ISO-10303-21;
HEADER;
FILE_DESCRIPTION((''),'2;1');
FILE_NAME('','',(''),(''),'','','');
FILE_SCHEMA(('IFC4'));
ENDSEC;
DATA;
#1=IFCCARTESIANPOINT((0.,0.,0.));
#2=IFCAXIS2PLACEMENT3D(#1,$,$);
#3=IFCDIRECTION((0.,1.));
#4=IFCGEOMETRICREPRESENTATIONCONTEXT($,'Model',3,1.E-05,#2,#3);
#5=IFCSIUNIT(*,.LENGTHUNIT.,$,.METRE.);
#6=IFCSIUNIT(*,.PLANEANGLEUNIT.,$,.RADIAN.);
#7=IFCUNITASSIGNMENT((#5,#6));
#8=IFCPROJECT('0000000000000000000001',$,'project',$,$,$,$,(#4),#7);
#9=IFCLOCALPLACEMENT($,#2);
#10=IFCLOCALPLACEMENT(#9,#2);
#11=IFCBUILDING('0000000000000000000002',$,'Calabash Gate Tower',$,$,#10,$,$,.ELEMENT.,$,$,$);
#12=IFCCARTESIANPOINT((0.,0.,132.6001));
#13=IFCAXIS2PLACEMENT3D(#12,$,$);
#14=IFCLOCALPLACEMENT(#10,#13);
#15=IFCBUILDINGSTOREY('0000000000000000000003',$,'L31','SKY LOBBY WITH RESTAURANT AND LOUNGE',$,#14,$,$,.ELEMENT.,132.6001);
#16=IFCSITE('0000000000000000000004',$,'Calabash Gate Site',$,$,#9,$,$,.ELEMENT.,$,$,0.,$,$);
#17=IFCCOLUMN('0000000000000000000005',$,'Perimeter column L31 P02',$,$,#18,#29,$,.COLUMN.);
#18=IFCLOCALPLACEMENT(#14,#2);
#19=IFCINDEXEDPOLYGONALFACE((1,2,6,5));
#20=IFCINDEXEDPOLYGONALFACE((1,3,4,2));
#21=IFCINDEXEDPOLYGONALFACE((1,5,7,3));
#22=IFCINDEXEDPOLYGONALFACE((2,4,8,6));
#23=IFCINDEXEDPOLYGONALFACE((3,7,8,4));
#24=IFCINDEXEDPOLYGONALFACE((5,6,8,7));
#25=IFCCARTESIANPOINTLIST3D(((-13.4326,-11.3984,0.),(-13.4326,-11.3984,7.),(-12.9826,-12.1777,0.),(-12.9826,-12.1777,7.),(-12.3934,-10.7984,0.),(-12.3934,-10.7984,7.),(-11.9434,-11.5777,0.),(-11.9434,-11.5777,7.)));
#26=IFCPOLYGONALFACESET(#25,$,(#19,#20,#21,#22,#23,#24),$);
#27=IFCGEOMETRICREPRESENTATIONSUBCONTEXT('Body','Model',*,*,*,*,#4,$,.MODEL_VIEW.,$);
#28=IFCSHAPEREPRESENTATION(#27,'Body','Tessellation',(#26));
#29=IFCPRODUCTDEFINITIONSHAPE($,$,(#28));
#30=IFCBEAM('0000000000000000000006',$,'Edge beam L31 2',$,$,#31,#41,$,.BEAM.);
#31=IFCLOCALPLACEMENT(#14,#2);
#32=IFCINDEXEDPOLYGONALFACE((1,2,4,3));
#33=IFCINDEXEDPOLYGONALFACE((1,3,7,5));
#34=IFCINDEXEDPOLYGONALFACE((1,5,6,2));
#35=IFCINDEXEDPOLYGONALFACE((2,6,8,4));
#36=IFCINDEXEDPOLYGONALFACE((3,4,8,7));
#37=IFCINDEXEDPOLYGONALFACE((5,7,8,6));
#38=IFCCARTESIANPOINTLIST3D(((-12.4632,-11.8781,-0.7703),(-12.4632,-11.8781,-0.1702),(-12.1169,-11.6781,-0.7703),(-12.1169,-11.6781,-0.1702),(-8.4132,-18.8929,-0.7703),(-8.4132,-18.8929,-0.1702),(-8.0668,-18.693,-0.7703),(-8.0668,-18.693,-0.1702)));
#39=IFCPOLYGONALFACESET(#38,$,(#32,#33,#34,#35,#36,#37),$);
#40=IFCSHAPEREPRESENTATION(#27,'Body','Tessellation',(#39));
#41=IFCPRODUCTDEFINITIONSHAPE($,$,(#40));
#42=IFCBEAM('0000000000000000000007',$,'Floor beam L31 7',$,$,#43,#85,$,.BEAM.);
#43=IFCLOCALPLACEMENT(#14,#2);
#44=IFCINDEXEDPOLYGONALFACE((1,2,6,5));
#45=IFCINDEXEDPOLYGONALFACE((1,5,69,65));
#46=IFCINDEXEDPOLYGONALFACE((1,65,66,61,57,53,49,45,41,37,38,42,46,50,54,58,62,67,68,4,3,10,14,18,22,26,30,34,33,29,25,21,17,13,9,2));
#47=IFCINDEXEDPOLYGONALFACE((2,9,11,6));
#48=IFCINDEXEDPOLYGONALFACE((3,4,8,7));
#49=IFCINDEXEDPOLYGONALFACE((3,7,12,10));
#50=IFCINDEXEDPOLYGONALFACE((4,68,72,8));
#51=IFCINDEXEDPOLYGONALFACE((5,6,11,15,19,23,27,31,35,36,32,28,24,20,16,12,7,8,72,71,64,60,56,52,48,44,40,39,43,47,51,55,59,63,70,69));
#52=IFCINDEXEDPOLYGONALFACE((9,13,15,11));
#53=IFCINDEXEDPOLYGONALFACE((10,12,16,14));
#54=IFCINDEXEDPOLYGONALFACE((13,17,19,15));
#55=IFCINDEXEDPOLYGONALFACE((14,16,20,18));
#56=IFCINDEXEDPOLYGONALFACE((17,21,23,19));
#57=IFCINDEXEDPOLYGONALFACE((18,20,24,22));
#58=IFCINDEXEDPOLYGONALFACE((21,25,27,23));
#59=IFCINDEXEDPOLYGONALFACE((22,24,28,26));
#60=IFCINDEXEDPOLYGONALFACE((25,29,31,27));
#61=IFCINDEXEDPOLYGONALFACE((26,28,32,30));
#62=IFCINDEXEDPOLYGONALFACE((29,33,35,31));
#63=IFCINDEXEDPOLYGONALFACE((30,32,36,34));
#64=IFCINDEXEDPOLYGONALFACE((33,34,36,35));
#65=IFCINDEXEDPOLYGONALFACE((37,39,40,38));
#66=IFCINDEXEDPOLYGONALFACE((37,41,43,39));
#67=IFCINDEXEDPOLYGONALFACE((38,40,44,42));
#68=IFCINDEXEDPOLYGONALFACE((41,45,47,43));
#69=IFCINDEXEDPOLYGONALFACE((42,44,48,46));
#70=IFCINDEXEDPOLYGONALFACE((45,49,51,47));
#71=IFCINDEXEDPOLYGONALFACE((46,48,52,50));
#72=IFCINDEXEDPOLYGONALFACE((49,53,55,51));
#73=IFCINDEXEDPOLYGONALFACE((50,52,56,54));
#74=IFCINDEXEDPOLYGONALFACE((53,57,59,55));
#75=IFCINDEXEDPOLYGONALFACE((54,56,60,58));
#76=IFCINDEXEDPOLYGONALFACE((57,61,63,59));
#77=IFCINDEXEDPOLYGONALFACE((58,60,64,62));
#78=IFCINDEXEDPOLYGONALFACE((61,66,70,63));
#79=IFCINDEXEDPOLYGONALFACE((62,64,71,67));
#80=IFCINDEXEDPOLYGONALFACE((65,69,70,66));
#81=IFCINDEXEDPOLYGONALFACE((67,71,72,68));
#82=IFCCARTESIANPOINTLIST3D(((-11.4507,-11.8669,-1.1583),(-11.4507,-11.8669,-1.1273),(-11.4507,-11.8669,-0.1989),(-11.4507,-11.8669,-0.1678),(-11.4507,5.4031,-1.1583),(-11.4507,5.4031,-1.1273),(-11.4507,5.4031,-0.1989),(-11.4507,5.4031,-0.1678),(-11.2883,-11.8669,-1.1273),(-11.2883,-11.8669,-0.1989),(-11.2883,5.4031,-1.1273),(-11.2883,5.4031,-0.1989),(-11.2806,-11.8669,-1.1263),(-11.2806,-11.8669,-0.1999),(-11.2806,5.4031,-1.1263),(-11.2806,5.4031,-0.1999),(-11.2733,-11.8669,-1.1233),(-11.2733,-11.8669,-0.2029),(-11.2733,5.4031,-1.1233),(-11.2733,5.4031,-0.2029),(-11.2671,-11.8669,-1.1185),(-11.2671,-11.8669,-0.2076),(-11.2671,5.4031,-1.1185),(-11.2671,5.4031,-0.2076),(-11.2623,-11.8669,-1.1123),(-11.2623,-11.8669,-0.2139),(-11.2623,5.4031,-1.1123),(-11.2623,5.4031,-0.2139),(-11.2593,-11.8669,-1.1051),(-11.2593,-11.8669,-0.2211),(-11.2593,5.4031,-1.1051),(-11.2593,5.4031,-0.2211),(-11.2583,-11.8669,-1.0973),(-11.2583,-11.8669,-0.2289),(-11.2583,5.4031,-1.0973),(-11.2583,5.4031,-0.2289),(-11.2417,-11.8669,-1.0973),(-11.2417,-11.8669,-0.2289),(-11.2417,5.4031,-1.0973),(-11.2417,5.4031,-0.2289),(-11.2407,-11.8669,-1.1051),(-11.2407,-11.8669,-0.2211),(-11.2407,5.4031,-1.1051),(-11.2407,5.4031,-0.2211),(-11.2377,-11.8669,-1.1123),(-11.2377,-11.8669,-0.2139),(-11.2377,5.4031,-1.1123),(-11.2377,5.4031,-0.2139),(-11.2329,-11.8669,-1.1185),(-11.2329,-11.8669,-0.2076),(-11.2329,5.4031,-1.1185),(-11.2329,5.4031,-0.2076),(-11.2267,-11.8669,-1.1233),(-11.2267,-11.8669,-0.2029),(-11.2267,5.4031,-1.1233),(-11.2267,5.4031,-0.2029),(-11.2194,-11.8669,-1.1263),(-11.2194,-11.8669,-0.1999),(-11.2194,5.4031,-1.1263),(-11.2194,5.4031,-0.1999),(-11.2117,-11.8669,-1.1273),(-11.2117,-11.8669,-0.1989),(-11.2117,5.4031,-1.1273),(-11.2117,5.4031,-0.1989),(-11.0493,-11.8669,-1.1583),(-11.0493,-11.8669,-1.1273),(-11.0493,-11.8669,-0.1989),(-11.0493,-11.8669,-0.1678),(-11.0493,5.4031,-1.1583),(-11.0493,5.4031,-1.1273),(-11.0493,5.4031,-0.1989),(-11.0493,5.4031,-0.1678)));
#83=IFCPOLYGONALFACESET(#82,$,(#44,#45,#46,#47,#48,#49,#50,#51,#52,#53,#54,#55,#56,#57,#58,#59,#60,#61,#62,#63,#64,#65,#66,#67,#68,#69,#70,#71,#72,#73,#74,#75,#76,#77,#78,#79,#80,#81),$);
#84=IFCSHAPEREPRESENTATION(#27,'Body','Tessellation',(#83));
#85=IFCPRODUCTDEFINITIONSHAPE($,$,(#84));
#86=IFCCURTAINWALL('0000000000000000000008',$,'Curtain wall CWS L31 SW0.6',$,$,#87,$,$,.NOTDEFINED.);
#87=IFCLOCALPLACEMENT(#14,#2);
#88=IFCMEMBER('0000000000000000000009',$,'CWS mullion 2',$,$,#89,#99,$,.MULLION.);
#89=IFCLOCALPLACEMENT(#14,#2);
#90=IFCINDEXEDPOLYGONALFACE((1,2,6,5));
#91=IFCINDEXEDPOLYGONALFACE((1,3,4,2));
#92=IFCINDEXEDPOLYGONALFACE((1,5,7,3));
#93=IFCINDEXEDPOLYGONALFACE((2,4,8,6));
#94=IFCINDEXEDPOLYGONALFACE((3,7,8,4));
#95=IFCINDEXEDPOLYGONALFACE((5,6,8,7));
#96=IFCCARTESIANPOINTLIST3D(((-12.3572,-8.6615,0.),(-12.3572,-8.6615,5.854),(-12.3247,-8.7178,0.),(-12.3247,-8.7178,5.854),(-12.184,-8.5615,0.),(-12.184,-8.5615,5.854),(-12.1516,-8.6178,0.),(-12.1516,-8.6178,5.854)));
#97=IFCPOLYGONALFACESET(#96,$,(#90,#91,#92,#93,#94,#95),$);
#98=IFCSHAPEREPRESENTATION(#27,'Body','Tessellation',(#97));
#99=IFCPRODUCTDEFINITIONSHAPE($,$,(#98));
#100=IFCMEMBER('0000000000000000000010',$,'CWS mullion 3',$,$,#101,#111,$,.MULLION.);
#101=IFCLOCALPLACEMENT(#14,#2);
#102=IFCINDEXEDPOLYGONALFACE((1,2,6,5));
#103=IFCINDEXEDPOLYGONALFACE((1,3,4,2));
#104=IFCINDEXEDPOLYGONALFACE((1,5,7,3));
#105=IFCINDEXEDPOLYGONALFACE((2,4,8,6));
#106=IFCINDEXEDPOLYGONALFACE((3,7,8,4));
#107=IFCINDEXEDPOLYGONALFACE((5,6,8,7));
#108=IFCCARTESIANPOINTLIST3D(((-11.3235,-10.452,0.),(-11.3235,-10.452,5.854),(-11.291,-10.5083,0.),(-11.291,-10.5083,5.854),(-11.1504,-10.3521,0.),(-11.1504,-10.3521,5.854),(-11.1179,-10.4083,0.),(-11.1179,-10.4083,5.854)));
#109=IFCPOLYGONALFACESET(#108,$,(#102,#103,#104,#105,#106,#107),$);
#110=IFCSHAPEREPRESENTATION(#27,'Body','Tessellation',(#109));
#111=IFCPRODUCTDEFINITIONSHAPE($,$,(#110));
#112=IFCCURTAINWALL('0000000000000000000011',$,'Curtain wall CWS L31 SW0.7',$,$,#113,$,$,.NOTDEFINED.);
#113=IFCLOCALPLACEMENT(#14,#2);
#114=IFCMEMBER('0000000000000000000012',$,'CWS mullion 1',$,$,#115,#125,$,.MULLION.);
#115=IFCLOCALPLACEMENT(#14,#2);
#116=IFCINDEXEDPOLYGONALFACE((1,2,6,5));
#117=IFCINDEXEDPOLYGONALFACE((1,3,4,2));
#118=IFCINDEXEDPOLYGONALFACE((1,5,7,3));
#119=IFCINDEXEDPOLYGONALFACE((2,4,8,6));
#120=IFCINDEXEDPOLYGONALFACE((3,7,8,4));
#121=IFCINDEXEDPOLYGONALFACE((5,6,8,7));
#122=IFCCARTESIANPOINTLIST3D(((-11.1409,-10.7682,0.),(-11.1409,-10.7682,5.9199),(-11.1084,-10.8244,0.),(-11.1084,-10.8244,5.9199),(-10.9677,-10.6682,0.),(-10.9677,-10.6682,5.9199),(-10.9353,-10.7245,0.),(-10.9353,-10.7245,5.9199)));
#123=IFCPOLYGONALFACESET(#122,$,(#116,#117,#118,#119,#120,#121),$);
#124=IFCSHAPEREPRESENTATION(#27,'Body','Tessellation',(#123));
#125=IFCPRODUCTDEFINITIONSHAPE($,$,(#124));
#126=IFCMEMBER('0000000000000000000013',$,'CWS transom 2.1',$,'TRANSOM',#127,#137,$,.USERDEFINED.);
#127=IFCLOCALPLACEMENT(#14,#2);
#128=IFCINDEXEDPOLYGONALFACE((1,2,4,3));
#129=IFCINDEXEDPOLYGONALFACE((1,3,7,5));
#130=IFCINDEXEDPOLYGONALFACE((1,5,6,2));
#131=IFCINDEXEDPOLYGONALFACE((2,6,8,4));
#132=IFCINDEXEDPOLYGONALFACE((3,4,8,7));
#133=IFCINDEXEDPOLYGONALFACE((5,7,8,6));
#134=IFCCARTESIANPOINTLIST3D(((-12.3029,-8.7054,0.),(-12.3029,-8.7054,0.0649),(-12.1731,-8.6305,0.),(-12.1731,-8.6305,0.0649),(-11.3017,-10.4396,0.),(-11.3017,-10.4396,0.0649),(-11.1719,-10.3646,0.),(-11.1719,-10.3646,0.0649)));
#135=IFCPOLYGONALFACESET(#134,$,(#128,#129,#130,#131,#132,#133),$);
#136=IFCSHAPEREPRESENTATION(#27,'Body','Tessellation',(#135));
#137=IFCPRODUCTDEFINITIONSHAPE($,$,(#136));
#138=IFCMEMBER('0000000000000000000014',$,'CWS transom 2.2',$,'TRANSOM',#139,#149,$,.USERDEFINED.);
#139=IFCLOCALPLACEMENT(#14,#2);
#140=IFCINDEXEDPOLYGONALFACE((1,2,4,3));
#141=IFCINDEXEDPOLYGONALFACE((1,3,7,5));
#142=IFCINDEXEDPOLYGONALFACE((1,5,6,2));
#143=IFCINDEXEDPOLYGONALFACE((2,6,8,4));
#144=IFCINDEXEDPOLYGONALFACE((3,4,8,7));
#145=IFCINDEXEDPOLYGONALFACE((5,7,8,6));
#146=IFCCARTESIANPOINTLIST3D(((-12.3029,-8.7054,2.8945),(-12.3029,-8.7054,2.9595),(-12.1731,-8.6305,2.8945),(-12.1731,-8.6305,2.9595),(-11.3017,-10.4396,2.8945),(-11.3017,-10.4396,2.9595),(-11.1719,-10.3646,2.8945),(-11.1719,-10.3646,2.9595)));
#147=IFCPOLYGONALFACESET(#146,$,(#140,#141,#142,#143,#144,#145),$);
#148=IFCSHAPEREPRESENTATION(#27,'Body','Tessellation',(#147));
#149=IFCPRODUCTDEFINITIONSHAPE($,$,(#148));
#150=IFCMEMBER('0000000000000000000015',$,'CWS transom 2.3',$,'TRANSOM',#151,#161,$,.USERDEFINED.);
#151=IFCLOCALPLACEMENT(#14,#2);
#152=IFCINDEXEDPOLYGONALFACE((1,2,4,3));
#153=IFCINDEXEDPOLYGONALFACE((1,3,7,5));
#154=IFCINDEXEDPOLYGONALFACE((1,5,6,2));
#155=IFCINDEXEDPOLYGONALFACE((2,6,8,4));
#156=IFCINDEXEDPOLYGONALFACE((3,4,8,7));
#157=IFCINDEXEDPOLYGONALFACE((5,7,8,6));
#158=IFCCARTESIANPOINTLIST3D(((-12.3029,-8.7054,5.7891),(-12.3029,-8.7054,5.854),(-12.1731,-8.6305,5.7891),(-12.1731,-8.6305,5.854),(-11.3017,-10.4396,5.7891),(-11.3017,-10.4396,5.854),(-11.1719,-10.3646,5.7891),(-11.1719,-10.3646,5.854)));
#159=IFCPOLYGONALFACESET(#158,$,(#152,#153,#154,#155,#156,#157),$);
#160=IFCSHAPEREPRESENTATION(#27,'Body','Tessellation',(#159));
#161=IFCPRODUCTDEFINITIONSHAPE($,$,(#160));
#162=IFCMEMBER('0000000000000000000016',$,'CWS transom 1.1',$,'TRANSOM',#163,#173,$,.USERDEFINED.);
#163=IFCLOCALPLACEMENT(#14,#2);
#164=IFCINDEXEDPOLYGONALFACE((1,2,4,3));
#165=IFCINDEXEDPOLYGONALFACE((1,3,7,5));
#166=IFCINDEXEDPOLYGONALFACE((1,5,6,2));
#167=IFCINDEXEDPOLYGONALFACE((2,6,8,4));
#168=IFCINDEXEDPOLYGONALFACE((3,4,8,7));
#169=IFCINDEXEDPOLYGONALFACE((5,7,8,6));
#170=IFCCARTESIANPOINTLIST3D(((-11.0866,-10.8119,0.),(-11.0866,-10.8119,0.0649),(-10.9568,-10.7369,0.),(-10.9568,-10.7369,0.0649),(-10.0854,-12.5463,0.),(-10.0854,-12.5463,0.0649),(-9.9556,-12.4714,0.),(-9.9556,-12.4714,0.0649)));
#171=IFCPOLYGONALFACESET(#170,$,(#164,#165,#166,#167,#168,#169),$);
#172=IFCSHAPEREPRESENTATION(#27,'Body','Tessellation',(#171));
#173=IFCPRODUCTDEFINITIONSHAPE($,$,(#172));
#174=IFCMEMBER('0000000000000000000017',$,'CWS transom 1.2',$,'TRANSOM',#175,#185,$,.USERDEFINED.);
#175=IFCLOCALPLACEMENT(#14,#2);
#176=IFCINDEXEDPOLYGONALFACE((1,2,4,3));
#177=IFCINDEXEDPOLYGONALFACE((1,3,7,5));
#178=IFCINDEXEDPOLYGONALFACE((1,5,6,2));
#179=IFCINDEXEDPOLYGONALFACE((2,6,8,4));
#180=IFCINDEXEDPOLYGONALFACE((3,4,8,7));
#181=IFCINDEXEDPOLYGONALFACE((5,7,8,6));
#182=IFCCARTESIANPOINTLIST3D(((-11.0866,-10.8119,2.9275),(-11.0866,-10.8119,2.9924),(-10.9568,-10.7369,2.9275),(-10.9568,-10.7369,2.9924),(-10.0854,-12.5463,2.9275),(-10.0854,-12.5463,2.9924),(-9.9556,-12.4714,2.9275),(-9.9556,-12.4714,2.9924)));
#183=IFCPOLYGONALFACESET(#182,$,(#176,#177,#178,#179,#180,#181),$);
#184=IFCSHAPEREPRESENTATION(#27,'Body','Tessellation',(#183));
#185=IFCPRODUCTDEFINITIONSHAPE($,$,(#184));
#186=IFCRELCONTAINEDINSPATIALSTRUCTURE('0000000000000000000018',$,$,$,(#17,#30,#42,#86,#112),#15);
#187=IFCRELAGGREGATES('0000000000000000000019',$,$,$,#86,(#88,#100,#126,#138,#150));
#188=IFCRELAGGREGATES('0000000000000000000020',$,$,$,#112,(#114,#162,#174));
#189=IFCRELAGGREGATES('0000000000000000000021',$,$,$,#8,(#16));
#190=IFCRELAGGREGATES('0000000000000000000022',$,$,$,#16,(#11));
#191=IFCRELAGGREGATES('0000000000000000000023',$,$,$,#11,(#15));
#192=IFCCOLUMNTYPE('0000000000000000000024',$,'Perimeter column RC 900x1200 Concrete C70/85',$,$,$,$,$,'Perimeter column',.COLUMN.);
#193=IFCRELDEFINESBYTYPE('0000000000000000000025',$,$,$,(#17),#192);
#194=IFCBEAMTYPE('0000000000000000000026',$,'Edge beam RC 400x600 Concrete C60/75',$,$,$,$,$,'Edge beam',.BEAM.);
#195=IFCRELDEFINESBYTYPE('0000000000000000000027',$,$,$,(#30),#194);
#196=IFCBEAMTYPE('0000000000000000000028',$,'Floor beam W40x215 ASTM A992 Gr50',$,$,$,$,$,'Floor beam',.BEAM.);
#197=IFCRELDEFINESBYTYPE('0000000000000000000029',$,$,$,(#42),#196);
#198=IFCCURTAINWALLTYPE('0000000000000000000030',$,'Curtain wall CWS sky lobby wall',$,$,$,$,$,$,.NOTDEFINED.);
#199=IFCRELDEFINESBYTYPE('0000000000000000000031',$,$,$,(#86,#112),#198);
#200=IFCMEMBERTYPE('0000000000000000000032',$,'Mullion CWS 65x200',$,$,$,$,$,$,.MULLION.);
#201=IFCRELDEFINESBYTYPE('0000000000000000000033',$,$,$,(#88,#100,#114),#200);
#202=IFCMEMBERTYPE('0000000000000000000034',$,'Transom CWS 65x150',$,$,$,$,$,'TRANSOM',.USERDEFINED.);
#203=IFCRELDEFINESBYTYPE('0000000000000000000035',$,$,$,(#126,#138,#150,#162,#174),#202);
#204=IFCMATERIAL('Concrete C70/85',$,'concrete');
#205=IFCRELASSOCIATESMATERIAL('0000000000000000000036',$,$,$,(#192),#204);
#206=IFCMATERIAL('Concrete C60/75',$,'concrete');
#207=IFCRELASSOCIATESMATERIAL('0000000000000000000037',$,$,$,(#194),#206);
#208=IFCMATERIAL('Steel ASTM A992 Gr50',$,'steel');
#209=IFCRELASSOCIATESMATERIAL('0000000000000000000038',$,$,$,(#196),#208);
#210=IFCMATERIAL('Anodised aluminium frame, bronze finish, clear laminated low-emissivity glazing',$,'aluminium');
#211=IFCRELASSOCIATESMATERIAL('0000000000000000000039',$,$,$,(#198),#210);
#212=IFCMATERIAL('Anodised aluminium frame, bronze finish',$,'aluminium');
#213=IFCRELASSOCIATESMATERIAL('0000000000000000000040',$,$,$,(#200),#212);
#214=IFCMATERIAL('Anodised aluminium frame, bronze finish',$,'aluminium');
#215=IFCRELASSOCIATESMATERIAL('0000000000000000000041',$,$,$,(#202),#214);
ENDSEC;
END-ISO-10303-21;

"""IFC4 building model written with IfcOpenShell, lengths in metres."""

from ifc_helpers import new_model, si_unit, direction, frame, origin, origin_2d, place, context, subcontext, project, spatial, rectangle, i_section, extrude, material, material_profile, profile_set, type_object, element, aggregate, save


model = new_model("IFC4")

# Units and contexts
model_context = context("Model", 3, precision=1e-05, world=origin(), true_north=direction((0.0, 1.0)))
body_context = subcontext(model_context, "Body", "Model", "MODEL_VIEW")
ifc_project = project(units=[si_unit("LENGTHUNIT", "METRE"), si_unit("PLANEANGLEUNIT", "RADIAN")], contexts=[model_context])

# Site, building, storey
site_placement = place(None, origin())
site = spatial("IfcSite", under=ifc_project, at=site_placement, Name="Calabash Gate Site", CompositionType="ELEMENT", RefElevation=0.0)
building_placement = place(site_placement, origin())
building = spatial("IfcBuilding", under=site, at=building_placement, Name="Calabash Gate Tower", CompositionType="ELEMENT")
storey_placement = place(building_placement, frame((0.0, 0.0, 132.6001)))
storey = spatial("IfcBuildingStorey", under=building, at=storey_placement, Name="L31", Description="SKY LOBBY WITH RESTAURANT AND LOUNGE", CompositionType="ELEMENT", Elevation=132.6001)

# Column
ifc_material_1 = material(Name="Concrete C70/85", Category="concrete")
ifc_material_profile_1 = material_profile(ifc_material_1, rectangle(XDim=0.8999, YDim=1.2, at=origin_2d()))
ifc_profile_set_1 = profile_set([ifc_material_profile_1], Name="Concrete C70/85")
column_type = type_object("IfcColumnType", Name="Perimeter column RC 900x1200 Concrete C70/85", ElementType="Perimeter column", PredefinedType="COLUMN", material=ifc_profile_set_1)
column_placement = place(storey_placement, frame((-12.688, -11.488, 0.0), z_axis=(0.0, 0.0, 1.0), x_axis=(0.5, -0.866025, 0.0)))
element("IfcColumn", 1, at=column_placement, inside=storey, type_object=column_type, Name="Perimeter column L31 P02", PredefinedType="COLUMN", context=body_context, shape_type="SweptSolid", body=[
    extrude(rectangle(XDim=0.8999, YDim=1.2, at=origin_2d()), origin(), (0.0, 0.0, 1.0), 7.0),
])

# Beams
ifc_material_2 = material(Name="Concrete C60/75", Category="concrete")
ifc_material_profile_2 = material_profile(ifc_material_2, rectangle(XDim=0.3999, YDim=0.6001, at=origin_2d()))
ifc_profile_set_2 = profile_set([ifc_material_profile_2], Name="Concrete C60/75")
beam_type_1 = type_object("IfcBeamType", Name="Edge beam RC 400x600 Concrete C60/75", ElementType="Edge beam", PredefinedType="BEAM", material=ifc_profile_set_2)
beam_1_placement = place(storey_placement, frame((-12.29, -11.7781, -0.4702), z_axis=(0.5, -0.866025, 0.0), x_axis=(0.866025, 0.5, 0.0)))
element("IfcBeam", 2, at=beam_1_placement, inside=storey, type_object=beam_type_1, Name="Edge beam L31 2", PredefinedType="BEAM", context=body_context, shape_type="SweptSolid", body=[
    extrude(rectangle(XDim=0.3999, YDim=0.6001, at=origin_2d()), origin(), (0.0, 0.0, 1.0), 8.1001),
])
ifc_material_3 = material(Name="Steel ASTM A992 Gr50", Category="steel")
ifc_material_profile_3 = material_profile(ifc_material_3, i_section(OverallWidth=0.4014, OverallDepth=0.9905, WebThickness=0.0166, FlangeThickness=0.031, FilletRadius=0.03, at=origin_2d()))
ifc_profile_set_3 = profile_set([ifc_material_profile_3], Name="Steel ASTM A992 Gr50")
beam_type_2 = type_object("IfcBeamType", Name="Floor beam W40x215 ASTM A992 Gr50", ElementType="Floor beam", PredefinedType="BEAM", material=ifc_profile_set_3)
beam_2_placement = place(storey_placement, frame((-11.25, -11.8669, -0.6631), z_axis=(0.0, 1.0, 0.0), x_axis=(-1.0, 0.0, 0.0)))
element("IfcBeam", 3, at=beam_2_placement, inside=storey, type_object=beam_type_2, Name="Floor beam L31 7", PredefinedType="BEAM", context=body_context, shape_type="SweptSolid", body=[
    extrude(i_section(OverallWidth=0.4014, OverallDepth=0.9905, WebThickness=0.0166, FlangeThickness=0.031, FilletRadius=0.03, at=origin_2d()), origin(), (0.0, 0.0, 1.0), 17.27),
])

# Curtain wall, members
ifc_material_4 = material(Name="Anodised aluminium frame, bronze finish, clear laminated low-emissivity glazing", Category="aluminium")
curtain_wall_type = type_object("IfcCurtainWallType", Name="Curtain wall CWS sky lobby wall", PredefinedType="NOTDEFINED", material=ifc_material_4)
curtain_wall_1_placement = place(storey_placement, origin())
curtain_wall_1 = element("IfcCurtainWall", 4, at=curtain_wall_1_placement, inside=storey, type_object=curtain_wall_type, Name="Curtain wall CWS L31 SW0.6", PredefinedType="NOTDEFINED")
ifc_material_5 = material(Name="Anodised aluminium frame, bronze finish", Category="aluminium")
ifc_material_profile_4 = material_profile(ifc_material_5, rectangle(XDim=0.2, YDim=0.0649, at=origin_2d()))
ifc_profile_set_4 = profile_set([ifc_material_profile_4], Name="Anodised aluminium frame, bronze finish")
member_type_1 = type_object("IfcMemberType", Name="Mullion CWS 65x200", PredefinedType="MULLION", material=ifc_profile_set_4)
member_1_placement = place(storey_placement, frame((-12.2544, -8.6396, 0.0), z_axis=(0.0, 0.0, 1.0), x_axis=(0.866025, 0.5, 0.0)))
member_1 = element("IfcMember", 5, at=member_1_placement, type_object=member_type_1, Name="CWS mullion 2", PredefinedType="MULLION", context=body_context, shape_type="SweptSolid", body=[
    extrude(rectangle(XDim=0.2, YDim=0.0649, at=origin_2d()), origin(), (0.0, 0.0, 1.0), 5.854),
])
member_2_placement = place(storey_placement, frame((-11.2207, -10.4302, 0.0), z_axis=(0.0, 0.0, 1.0), x_axis=(0.866025, 0.5, 0.0)))
member_2 = element("IfcMember", 6, at=member_2_placement, type_object=member_type_1, Name="CWS mullion 3", PredefinedType="MULLION", context=body_context, shape_type="SweptSolid", body=[
    extrude(rectangle(XDim=0.2, YDim=0.0649, at=origin_2d()), origin(), (0.0, 0.0, 1.0), 5.854),
])

# Curtain wall, member
curtain_wall_2_placement = place(storey_placement, origin())
curtain_wall_2 = element("IfcCurtainWall", 7, at=curtain_wall_2_placement, inside=storey, type_object=curtain_wall_type, Name="Curtain wall CWS L31 SW0.7", PredefinedType="NOTDEFINED")
member_3_placement = place(storey_placement, frame((-11.0381, -10.7463, 0.0), z_axis=(0.0, 0.0, 1.0), x_axis=(0.866025, 0.5, 0.0)))
member_3 = element("IfcMember", 8, at=member_3_placement, type_object=member_type_1, Name="CWS mullion 1", PredefinedType="MULLION", context=body_context, shape_type="SweptSolid", body=[
    extrude(rectangle(XDim=0.2, YDim=0.0649, at=origin_2d()), origin(), (0.0, 0.0, 1.0), 5.9199),
])

# Members
ifc_material_6 = material(Name="Anodised aluminium frame, bronze finish", Category="aluminium")
ifc_material_profile_5 = material_profile(ifc_material_6, rectangle(XDim=0.1499, YDim=0.0649, at=origin_2d()))
ifc_profile_set_5 = profile_set([ifc_material_profile_5], Name="Anodised aluminium frame, bronze finish")
member_type_2 = type_object("IfcMemberType", Name="Transom CWS 65x150", ElementType="TRANSOM", PredefinedType="USERDEFINED", material=ifc_profile_set_5)
member_4_placement = place(storey_placement, frame((-12.238, -8.668, 0.0325), z_axis=(0.500007, -0.866021, 0.0), x_axis=(0.866021, 0.500007, 0.0)))
member_4 = element("IfcMember", 9, at=member_4_placement, type_object=member_type_2, Name="CWS transom 2.1", ObjectType="TRANSOM", PredefinedType="USERDEFINED", context=body_context, shape_type="SweptSolid", body=[
    extrude(rectangle(XDim=0.1499, YDim=0.0649, at=origin_2d()), origin(), (0.0, 0.0, 1.0), 2.0024),
])
member_5_placement = place(storey_placement, frame((-12.238, -8.668, 2.927), z_axis=(0.500007, -0.866021, 0.0), x_axis=(0.866021, 0.500007, 0.0)))
member_5 = element("IfcMember", 10, at=member_5_placement, type_object=member_type_2, Name="CWS transom 2.2", ObjectType="TRANSOM", PredefinedType="USERDEFINED", context=body_context, shape_type="SweptSolid", body=[
    extrude(rectangle(XDim=0.1499, YDim=0.0649, at=origin_2d()), origin(), (0.0, 0.0, 1.0), 2.0024),
])
member_6_placement = place(storey_placement, frame((-12.238, -8.668, 5.8215), z_axis=(0.500007, -0.866021, 0.0), x_axis=(0.866021, 0.500007, 0.0)))
member_6 = element("IfcMember", 11, at=member_6_placement, type_object=member_type_2, Name="CWS transom 2.3", ObjectType="TRANSOM", PredefinedType="USERDEFINED", context=body_context, shape_type="SweptSolid", body=[
    extrude(rectangle(XDim=0.1499, YDim=0.0649, at=origin_2d()), origin(), (0.0, 0.0, 1.0), 2.0024),
])
member_7_placement = place(storey_placement, frame((-11.0217, -10.7744, 0.0325), z_axis=(0.499955, -0.866052, 0.0), x_axis=(0.866052, 0.499955, 0.0)))
member_7 = element("IfcMember", 12, at=member_7_placement, type_object=member_type_2, Name="CWS transom 1.1", ObjectType="TRANSOM", PredefinedType="USERDEFINED", context=body_context, shape_type="SweptSolid", body=[
    extrude(rectangle(XDim=0.1499, YDim=0.0649, at=origin_2d()), origin(), (0.0, 0.0, 1.0), 2.0027),
])
member_8_placement = place(storey_placement, frame((-11.0217, -10.7744, 2.96), z_axis=(0.499955, -0.866052, 0.0), x_axis=(0.866052, 0.499955, 0.0)))
member_8 = element("IfcMember", 13, at=member_8_placement, type_object=member_type_2, Name="CWS transom 1.2", ObjectType="TRANSOM", PredefinedType="USERDEFINED", context=body_context, shape_type="SweptSolid", body=[
    extrude(rectangle(XDim=0.1499, YDim=0.0649, at=origin_2d()), origin(), (0.0, 0.0, 1.0), 2.0027),
])

aggregate(curtain_wall_1, [member_1, member_2, member_4, member_5, member_6])
aggregate(curtain_wall_2, [member_3, member_7, member_8])

save(model, "model.ifc")
